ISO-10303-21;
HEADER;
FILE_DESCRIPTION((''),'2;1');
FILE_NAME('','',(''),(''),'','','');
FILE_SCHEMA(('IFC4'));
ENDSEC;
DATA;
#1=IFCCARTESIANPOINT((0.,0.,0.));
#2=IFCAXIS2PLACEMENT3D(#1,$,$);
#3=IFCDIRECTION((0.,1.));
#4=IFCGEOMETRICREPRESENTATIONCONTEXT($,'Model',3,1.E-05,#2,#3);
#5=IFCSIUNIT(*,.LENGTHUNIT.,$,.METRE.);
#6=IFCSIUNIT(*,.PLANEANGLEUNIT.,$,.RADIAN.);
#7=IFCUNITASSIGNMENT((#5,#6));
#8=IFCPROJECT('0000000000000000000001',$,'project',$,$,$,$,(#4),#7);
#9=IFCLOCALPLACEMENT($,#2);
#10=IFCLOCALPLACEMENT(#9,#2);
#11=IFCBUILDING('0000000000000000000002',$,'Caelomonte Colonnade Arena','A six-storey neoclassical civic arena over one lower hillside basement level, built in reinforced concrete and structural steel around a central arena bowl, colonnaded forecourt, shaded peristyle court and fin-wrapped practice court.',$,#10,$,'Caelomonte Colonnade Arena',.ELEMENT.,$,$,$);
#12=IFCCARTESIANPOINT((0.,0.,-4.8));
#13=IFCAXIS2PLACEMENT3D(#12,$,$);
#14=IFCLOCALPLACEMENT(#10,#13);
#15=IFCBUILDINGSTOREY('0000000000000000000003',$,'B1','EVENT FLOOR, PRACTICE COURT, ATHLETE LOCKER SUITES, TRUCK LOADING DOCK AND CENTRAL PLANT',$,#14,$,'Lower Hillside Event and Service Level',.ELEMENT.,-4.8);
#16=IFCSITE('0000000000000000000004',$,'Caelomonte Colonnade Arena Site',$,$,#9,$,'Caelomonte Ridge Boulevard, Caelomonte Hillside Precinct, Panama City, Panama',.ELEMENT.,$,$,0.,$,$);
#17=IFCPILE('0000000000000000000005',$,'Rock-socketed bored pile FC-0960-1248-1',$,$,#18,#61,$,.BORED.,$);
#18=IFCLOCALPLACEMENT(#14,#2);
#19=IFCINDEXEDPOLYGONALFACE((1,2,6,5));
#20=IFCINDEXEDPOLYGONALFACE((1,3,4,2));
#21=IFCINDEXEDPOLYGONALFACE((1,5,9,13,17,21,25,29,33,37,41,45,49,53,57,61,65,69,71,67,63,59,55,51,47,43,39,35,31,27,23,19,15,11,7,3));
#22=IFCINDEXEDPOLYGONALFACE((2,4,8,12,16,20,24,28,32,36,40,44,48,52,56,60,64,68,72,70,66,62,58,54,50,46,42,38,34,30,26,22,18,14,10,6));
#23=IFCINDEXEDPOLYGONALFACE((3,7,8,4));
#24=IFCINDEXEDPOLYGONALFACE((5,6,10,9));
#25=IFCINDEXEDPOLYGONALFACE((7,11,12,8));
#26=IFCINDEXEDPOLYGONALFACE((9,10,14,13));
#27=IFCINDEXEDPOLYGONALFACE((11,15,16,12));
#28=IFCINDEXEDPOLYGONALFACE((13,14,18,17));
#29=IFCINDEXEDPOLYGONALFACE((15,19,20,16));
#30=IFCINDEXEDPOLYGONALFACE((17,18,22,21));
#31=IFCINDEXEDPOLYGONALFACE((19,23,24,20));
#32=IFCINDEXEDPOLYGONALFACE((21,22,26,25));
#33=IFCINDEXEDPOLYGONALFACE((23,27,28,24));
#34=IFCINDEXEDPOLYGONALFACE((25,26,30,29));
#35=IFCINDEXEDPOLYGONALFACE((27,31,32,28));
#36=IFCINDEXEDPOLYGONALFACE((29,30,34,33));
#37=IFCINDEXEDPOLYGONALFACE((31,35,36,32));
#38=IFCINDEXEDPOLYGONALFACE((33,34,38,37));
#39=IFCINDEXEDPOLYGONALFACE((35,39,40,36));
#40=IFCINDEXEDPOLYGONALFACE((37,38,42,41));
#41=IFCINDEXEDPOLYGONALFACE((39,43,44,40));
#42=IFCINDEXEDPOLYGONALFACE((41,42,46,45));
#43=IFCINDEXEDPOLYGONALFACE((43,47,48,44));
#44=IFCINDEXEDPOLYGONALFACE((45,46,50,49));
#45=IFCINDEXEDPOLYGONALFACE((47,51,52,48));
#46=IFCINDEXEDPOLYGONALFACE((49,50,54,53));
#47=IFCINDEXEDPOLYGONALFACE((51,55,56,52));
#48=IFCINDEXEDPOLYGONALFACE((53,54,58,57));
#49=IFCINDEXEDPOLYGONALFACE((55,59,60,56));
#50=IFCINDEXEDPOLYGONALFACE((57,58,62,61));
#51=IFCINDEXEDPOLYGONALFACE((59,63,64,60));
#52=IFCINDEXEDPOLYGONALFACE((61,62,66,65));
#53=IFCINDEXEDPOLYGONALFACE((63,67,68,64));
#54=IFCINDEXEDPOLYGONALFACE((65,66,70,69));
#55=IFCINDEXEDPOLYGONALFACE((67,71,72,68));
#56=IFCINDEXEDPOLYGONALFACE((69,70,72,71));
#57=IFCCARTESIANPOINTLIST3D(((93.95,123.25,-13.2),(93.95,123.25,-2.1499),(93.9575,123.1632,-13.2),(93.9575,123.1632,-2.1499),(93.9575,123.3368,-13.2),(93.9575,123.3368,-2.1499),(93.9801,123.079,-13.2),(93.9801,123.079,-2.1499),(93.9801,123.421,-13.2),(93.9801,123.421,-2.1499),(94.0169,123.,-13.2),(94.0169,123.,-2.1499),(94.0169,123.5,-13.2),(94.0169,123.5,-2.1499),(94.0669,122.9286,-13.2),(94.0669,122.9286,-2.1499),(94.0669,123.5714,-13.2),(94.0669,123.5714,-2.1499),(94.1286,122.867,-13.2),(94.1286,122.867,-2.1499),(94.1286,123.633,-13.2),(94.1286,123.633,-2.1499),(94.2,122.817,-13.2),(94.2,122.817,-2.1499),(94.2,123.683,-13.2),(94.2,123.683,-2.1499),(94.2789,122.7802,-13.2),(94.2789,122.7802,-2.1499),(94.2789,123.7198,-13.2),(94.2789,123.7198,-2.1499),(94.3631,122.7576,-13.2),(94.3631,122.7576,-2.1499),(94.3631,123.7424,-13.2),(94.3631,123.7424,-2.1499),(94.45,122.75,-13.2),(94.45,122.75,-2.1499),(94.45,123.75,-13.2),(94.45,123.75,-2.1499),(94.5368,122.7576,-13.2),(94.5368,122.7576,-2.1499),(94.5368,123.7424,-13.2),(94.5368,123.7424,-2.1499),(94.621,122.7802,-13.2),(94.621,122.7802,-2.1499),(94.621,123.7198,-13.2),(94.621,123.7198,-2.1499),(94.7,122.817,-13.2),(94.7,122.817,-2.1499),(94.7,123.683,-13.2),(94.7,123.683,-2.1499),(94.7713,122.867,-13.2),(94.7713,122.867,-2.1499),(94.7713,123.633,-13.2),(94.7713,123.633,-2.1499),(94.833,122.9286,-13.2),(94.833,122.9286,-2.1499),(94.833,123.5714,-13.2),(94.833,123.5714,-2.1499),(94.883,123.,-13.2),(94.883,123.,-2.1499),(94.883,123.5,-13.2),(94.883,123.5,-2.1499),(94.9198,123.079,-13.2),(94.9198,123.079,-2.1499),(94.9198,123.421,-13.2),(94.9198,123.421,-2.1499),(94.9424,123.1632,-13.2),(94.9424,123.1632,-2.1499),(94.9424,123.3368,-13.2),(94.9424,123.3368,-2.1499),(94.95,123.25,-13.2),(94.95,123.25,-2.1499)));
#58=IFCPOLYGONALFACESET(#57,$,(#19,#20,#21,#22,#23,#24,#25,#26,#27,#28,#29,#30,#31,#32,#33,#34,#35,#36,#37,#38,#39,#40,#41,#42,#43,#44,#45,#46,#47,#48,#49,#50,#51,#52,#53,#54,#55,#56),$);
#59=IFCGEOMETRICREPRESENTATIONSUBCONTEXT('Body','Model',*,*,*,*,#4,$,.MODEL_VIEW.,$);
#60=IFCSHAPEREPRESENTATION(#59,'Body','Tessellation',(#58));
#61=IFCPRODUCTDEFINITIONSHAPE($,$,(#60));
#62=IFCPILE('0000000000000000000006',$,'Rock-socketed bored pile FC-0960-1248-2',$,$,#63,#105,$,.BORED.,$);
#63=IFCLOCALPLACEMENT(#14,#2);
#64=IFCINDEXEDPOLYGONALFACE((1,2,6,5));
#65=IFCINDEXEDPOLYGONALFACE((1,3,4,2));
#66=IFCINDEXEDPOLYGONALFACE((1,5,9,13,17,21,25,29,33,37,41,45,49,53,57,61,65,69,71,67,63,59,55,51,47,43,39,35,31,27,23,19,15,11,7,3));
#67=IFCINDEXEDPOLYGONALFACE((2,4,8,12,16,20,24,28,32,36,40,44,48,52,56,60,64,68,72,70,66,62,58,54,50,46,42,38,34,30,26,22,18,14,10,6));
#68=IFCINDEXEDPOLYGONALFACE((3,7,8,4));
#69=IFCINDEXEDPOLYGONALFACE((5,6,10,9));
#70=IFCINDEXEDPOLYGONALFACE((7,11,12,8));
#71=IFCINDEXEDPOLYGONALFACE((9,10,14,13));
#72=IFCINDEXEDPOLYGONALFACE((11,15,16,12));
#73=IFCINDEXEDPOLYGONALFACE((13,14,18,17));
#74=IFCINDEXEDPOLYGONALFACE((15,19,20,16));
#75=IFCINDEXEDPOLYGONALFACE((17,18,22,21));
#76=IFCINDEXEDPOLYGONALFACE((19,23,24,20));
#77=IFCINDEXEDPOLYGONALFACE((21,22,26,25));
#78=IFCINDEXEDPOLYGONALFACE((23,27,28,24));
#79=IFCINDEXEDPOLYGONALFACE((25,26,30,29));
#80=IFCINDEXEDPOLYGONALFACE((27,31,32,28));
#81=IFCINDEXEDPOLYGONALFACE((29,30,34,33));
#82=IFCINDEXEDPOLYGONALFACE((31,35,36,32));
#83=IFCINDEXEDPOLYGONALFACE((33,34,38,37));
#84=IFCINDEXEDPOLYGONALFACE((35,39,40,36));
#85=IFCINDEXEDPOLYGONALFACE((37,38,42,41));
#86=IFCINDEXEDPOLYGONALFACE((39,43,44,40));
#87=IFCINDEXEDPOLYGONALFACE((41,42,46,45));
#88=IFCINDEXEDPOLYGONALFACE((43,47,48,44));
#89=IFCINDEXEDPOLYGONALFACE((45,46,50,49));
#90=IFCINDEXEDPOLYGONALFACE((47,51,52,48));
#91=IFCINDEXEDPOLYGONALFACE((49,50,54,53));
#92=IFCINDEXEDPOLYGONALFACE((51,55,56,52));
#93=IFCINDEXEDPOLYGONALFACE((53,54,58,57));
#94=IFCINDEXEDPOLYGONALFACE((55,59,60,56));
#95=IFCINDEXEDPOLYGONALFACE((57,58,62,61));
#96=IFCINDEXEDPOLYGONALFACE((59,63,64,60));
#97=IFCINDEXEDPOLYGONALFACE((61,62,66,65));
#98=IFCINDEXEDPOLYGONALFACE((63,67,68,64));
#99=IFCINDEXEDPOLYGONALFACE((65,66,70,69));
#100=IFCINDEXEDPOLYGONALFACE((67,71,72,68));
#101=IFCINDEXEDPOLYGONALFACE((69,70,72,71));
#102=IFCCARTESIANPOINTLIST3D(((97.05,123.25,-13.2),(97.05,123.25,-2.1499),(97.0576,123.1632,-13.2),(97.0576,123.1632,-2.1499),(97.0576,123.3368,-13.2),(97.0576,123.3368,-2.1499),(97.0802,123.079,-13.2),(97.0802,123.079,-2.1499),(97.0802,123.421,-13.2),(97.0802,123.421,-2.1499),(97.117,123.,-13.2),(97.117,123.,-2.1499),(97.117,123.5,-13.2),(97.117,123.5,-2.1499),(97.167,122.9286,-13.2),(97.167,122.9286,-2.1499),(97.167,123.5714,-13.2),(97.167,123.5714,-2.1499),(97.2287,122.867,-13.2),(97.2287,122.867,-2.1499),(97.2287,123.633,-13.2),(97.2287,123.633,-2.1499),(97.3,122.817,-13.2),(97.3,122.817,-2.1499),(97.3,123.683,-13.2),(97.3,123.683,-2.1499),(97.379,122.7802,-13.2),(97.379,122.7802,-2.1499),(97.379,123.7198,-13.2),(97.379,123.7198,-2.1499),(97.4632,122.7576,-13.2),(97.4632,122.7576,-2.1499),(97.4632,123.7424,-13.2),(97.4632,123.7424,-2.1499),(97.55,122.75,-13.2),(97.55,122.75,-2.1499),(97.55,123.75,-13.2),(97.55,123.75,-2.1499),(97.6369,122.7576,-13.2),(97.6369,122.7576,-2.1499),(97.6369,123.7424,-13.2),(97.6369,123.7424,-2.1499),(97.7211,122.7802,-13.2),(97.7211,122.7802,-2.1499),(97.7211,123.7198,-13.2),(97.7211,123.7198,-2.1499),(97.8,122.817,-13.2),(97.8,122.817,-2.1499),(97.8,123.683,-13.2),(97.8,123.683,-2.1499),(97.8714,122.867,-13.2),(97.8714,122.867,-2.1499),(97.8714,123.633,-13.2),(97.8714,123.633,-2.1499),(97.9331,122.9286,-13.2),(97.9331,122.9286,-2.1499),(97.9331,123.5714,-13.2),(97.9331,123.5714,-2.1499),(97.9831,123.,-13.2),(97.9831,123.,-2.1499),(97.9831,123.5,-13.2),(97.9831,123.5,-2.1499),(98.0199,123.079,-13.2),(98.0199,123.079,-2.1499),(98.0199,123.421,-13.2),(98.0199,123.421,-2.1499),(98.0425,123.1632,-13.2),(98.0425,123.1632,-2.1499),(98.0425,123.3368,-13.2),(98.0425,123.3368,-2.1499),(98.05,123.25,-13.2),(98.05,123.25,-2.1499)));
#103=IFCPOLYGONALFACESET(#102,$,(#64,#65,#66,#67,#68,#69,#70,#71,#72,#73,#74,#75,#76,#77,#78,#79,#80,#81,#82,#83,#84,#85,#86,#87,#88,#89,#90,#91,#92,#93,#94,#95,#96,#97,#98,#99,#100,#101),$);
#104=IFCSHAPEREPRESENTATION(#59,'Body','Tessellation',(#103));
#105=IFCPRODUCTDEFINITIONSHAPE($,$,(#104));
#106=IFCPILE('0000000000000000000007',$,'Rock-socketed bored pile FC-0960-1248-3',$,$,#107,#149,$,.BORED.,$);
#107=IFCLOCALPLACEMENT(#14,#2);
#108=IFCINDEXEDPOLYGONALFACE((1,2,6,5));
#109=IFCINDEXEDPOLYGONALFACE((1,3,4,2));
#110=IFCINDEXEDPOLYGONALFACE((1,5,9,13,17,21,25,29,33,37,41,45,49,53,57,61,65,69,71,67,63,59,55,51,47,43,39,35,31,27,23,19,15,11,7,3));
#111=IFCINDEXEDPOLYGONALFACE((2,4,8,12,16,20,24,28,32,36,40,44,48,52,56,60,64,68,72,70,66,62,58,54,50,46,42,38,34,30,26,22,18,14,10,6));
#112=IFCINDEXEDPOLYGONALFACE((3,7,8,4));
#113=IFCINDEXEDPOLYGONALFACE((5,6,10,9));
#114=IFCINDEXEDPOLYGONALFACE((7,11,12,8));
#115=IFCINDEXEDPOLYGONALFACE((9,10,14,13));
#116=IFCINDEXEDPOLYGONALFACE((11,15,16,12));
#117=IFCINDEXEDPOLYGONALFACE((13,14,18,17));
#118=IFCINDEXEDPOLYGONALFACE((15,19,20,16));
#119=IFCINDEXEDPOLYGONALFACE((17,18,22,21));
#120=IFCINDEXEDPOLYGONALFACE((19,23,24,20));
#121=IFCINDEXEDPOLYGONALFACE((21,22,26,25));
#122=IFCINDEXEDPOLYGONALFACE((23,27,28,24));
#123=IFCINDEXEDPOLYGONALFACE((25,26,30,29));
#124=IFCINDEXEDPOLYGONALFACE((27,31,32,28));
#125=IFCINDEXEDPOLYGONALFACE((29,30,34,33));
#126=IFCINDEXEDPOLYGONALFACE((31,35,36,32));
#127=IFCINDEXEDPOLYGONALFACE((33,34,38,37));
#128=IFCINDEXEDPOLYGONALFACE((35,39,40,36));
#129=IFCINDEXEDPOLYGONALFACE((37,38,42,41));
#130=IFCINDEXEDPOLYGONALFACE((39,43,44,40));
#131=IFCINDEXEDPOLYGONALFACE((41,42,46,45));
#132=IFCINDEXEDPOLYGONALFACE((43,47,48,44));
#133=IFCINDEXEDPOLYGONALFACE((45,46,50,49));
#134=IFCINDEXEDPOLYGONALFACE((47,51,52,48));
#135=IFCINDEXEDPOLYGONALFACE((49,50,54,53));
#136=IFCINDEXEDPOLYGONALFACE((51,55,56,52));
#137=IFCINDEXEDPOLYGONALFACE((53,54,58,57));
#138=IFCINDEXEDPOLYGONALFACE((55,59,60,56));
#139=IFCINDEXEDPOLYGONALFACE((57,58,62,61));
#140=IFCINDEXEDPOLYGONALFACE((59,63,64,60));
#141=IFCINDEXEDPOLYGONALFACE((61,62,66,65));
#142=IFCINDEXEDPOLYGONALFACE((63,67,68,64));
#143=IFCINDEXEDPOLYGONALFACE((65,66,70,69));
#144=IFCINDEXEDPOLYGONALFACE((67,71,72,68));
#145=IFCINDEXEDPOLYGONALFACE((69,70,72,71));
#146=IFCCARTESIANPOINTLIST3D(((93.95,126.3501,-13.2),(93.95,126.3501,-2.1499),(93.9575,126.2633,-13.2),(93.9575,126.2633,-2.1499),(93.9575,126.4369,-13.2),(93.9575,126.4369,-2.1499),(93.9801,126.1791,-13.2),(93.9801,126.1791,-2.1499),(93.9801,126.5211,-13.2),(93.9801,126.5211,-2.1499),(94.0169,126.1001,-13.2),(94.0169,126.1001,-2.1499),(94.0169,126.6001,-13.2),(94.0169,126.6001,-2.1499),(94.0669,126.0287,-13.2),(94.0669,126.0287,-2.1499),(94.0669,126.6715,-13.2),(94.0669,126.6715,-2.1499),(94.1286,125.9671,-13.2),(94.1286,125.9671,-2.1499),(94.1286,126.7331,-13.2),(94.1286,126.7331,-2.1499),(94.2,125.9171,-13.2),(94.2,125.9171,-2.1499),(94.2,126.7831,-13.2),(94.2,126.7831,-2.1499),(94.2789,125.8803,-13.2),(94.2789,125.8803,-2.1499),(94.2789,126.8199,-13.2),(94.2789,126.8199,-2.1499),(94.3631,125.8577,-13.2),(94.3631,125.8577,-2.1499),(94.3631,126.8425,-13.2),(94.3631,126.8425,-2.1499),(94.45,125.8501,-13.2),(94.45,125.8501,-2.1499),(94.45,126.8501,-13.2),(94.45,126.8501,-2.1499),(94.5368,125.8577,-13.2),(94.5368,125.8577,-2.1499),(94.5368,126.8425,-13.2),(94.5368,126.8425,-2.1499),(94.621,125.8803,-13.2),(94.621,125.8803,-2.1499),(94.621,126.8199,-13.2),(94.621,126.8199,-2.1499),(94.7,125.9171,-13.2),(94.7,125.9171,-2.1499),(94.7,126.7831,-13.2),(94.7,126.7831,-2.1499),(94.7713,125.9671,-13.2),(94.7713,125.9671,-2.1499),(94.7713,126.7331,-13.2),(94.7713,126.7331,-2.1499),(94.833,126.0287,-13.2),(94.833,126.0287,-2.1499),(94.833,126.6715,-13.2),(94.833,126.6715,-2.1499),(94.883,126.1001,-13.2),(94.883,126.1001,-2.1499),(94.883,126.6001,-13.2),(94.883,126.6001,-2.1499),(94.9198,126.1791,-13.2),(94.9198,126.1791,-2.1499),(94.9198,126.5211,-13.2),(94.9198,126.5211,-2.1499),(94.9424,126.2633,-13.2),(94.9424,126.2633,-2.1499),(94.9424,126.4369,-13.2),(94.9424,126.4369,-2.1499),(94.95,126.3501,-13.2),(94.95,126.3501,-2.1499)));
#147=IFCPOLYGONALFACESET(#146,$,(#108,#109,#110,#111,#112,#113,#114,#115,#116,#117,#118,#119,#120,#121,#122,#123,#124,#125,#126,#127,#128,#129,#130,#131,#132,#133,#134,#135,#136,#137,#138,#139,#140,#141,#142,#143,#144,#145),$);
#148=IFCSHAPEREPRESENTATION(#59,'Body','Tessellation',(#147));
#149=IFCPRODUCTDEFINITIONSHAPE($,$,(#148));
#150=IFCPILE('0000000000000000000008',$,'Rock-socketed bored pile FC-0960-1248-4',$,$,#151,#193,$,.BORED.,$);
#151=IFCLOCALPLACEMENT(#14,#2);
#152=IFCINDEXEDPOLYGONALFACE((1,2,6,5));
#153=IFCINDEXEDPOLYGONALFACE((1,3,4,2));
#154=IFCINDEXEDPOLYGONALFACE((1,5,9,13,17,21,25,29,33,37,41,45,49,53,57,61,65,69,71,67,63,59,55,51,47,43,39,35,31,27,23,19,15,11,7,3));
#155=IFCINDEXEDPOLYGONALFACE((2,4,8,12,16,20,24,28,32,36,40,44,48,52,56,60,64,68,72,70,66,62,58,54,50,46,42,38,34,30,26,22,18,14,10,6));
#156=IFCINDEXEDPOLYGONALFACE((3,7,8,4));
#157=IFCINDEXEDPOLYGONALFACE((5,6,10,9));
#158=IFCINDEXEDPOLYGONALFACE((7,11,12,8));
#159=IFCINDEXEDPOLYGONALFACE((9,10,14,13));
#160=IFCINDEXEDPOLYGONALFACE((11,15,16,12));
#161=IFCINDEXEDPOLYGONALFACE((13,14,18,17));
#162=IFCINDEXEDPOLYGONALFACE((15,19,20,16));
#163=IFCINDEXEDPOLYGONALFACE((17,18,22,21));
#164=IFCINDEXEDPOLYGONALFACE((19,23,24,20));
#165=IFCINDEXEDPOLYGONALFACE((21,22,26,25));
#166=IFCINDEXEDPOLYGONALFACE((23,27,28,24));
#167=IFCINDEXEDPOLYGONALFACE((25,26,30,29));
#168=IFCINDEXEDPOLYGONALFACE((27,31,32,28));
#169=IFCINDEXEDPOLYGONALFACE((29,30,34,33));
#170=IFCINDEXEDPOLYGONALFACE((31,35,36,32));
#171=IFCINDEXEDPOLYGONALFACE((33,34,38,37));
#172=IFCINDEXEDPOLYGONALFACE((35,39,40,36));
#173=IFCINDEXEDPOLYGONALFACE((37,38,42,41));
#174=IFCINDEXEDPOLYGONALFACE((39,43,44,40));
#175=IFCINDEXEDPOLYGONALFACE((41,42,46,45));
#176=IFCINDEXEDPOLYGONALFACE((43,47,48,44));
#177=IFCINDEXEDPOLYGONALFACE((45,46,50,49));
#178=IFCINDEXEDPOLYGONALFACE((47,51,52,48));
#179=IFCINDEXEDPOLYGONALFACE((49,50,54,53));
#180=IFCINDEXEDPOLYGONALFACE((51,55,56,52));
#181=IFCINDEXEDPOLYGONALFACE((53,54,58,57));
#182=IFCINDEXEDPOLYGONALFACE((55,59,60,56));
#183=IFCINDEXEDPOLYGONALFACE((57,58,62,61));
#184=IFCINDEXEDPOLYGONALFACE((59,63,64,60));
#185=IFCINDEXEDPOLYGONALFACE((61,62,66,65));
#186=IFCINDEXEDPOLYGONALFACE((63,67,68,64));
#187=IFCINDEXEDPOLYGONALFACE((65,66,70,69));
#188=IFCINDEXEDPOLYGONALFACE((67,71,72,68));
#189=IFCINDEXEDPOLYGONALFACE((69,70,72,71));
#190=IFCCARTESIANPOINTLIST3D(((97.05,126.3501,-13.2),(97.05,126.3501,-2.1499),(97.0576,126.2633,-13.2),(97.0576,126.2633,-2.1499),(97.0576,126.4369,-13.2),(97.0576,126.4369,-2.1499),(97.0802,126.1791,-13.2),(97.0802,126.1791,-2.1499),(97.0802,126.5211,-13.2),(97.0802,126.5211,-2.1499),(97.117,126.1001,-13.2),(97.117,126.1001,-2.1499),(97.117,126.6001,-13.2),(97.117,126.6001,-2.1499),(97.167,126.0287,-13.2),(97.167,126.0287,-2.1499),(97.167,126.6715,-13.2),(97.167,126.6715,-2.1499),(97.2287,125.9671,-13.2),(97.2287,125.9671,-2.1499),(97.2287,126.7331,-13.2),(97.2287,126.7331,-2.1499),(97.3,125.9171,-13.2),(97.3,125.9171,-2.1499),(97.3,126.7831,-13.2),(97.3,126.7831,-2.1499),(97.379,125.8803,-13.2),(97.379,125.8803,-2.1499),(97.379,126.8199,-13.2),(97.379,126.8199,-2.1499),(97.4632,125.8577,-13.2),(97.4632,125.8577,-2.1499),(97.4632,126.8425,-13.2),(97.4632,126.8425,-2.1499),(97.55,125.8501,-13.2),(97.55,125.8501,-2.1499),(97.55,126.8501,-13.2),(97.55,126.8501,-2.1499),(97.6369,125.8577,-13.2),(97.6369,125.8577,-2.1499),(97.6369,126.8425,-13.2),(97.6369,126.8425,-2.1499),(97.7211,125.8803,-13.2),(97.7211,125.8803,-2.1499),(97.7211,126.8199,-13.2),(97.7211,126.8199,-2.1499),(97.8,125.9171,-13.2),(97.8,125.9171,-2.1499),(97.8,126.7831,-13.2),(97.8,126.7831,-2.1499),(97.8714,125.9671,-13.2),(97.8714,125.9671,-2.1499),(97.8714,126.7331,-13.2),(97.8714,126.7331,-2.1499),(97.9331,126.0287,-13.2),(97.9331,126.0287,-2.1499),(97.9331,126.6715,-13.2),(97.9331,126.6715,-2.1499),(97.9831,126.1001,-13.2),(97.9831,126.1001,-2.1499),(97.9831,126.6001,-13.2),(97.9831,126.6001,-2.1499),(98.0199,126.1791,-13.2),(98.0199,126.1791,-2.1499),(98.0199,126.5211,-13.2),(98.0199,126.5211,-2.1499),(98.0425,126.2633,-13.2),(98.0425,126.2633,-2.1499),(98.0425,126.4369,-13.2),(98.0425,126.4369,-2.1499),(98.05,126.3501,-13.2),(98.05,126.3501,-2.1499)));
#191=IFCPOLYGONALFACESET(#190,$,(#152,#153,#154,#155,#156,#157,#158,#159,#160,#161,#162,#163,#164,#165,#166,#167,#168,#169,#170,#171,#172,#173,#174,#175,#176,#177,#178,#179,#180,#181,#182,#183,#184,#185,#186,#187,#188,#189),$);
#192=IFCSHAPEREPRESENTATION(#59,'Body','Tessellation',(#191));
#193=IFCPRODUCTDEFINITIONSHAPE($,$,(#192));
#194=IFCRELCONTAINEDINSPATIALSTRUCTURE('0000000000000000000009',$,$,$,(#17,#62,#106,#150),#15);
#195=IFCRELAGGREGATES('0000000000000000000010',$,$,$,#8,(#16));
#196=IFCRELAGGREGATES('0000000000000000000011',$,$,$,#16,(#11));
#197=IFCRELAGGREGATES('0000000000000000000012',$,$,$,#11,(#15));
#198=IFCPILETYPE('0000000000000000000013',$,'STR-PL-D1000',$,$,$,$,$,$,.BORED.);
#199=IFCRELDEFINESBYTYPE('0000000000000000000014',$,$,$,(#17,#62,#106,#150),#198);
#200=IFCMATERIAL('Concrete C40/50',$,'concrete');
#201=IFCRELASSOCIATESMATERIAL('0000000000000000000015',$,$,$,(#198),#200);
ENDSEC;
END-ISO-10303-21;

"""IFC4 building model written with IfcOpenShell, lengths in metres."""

from ifc_helpers import new_model, si_unit, direction, frame, origin, origin_2d, place, context, subcontext, project, spatial, circle, extrude, material, material_profile, profile_set, type_object, element, save


model = new_model("IFC4")

# Units and contexts
model_context = context("Model", 3, precision=1e-05, world=origin(), true_north=direction((0.0, 1.0)))
body_context = subcontext(model_context, "Body", "Model", "MODEL_VIEW")
ifc_project = project(units=[si_unit("LENGTHUNIT", "METRE"), si_unit("PLANEANGLEUNIT", "RADIAN")], contexts=[model_context])

# Site, building, storey
site_placement = place(None, origin())
site = spatial("IfcSite", under=ifc_project, at=site_placement, Name="Caelomonte Colonnade Arena Site", LongName="Caelomonte Ridge Boulevard, Caelomonte Hillside Precinct, Panama City, Panama", CompositionType="ELEMENT", RefElevation=0.0)
building_placement = place(site_placement, origin())
building = spatial("IfcBuilding", under=site, at=building_placement, Name="Caelomonte Colonnade Arena", Description="A six-storey neoclassical civic arena over one lower hillside basement level, built in reinforced concrete and structural steel around a central arena bowl, colonnaded forecourt, shaded peristyle court and fin-wrapped practice court.", LongName="Caelomonte Colonnade Arena", CompositionType="ELEMENT")
storey_placement = place(building_placement, frame((0.0, 0.0, -4.8)))
storey = spatial("IfcBuildingStorey", under=building, at=storey_placement, Name="B1", Description="EVENT FLOOR, PRACTICE COURT, ATHLETE LOCKER SUITES, TRUCK LOADING DOCK AND CENTRAL PLANT", LongName="Lower Hillside Event and Service Level", CompositionType="ELEMENT", Elevation=-4.8)

# Shared definitions
ifc_material_1 = material(Name="Concrete C40/50", Category="concrete")

# Piles
ifc_material_profile_1 = material_profile(ifc_material_1, circle(Radius=0.5, at=origin_2d()), Name="PILE-D1000")
ifc_profile_set_1 = profile_set([ifc_material_profile_1], Name="Concrete C40/50")
pile_type_1 = type_object("IfcPileType", Name="STR-PL-D1000", PredefinedType="BORED", material=ifc_profile_set_1)
for number, where, z_axis, x_axis, name in (
    (1, (94.45, 123.25, -2.1499), (0.0, 0.0, -1.0), (1.0, 0.0, 0.0), "Rock-socketed bored pile FC-0960-1248-1"),
    (2, (97.55, 123.25, -2.1499), (0.0, 0.0, -1.0), (1.0, 0.0, 0.0), "Rock-socketed bored pile FC-0960-1248-2"),
    (3, (94.45, 126.3501, -2.1499), (0.0, 0.0, -1.0), (1.0, 0.0, 0.0), "Rock-socketed bored pile FC-0960-1248-3"),
    (4, (97.55, 126.3501, -2.1499), (0.0, 0.0, -1.0), (1.0, 0.0, 0.0), "Rock-socketed bored pile FC-0960-1248-4"),
):
    element("IfcPile", number, at=place(storey_placement, frame(where, z_axis=z_axis, x_axis=x_axis)), inside=storey, type_object=pile_type_1, Name=name, PredefinedType="BORED", context=body_context, shape_type="SweptSolid", body=[
        extrude(circle(Radius=0.5, at=origin_2d()), origin(), (0.0, 0.0, 1.0), 11.05),
    ])

save(model, "model.ifc")
